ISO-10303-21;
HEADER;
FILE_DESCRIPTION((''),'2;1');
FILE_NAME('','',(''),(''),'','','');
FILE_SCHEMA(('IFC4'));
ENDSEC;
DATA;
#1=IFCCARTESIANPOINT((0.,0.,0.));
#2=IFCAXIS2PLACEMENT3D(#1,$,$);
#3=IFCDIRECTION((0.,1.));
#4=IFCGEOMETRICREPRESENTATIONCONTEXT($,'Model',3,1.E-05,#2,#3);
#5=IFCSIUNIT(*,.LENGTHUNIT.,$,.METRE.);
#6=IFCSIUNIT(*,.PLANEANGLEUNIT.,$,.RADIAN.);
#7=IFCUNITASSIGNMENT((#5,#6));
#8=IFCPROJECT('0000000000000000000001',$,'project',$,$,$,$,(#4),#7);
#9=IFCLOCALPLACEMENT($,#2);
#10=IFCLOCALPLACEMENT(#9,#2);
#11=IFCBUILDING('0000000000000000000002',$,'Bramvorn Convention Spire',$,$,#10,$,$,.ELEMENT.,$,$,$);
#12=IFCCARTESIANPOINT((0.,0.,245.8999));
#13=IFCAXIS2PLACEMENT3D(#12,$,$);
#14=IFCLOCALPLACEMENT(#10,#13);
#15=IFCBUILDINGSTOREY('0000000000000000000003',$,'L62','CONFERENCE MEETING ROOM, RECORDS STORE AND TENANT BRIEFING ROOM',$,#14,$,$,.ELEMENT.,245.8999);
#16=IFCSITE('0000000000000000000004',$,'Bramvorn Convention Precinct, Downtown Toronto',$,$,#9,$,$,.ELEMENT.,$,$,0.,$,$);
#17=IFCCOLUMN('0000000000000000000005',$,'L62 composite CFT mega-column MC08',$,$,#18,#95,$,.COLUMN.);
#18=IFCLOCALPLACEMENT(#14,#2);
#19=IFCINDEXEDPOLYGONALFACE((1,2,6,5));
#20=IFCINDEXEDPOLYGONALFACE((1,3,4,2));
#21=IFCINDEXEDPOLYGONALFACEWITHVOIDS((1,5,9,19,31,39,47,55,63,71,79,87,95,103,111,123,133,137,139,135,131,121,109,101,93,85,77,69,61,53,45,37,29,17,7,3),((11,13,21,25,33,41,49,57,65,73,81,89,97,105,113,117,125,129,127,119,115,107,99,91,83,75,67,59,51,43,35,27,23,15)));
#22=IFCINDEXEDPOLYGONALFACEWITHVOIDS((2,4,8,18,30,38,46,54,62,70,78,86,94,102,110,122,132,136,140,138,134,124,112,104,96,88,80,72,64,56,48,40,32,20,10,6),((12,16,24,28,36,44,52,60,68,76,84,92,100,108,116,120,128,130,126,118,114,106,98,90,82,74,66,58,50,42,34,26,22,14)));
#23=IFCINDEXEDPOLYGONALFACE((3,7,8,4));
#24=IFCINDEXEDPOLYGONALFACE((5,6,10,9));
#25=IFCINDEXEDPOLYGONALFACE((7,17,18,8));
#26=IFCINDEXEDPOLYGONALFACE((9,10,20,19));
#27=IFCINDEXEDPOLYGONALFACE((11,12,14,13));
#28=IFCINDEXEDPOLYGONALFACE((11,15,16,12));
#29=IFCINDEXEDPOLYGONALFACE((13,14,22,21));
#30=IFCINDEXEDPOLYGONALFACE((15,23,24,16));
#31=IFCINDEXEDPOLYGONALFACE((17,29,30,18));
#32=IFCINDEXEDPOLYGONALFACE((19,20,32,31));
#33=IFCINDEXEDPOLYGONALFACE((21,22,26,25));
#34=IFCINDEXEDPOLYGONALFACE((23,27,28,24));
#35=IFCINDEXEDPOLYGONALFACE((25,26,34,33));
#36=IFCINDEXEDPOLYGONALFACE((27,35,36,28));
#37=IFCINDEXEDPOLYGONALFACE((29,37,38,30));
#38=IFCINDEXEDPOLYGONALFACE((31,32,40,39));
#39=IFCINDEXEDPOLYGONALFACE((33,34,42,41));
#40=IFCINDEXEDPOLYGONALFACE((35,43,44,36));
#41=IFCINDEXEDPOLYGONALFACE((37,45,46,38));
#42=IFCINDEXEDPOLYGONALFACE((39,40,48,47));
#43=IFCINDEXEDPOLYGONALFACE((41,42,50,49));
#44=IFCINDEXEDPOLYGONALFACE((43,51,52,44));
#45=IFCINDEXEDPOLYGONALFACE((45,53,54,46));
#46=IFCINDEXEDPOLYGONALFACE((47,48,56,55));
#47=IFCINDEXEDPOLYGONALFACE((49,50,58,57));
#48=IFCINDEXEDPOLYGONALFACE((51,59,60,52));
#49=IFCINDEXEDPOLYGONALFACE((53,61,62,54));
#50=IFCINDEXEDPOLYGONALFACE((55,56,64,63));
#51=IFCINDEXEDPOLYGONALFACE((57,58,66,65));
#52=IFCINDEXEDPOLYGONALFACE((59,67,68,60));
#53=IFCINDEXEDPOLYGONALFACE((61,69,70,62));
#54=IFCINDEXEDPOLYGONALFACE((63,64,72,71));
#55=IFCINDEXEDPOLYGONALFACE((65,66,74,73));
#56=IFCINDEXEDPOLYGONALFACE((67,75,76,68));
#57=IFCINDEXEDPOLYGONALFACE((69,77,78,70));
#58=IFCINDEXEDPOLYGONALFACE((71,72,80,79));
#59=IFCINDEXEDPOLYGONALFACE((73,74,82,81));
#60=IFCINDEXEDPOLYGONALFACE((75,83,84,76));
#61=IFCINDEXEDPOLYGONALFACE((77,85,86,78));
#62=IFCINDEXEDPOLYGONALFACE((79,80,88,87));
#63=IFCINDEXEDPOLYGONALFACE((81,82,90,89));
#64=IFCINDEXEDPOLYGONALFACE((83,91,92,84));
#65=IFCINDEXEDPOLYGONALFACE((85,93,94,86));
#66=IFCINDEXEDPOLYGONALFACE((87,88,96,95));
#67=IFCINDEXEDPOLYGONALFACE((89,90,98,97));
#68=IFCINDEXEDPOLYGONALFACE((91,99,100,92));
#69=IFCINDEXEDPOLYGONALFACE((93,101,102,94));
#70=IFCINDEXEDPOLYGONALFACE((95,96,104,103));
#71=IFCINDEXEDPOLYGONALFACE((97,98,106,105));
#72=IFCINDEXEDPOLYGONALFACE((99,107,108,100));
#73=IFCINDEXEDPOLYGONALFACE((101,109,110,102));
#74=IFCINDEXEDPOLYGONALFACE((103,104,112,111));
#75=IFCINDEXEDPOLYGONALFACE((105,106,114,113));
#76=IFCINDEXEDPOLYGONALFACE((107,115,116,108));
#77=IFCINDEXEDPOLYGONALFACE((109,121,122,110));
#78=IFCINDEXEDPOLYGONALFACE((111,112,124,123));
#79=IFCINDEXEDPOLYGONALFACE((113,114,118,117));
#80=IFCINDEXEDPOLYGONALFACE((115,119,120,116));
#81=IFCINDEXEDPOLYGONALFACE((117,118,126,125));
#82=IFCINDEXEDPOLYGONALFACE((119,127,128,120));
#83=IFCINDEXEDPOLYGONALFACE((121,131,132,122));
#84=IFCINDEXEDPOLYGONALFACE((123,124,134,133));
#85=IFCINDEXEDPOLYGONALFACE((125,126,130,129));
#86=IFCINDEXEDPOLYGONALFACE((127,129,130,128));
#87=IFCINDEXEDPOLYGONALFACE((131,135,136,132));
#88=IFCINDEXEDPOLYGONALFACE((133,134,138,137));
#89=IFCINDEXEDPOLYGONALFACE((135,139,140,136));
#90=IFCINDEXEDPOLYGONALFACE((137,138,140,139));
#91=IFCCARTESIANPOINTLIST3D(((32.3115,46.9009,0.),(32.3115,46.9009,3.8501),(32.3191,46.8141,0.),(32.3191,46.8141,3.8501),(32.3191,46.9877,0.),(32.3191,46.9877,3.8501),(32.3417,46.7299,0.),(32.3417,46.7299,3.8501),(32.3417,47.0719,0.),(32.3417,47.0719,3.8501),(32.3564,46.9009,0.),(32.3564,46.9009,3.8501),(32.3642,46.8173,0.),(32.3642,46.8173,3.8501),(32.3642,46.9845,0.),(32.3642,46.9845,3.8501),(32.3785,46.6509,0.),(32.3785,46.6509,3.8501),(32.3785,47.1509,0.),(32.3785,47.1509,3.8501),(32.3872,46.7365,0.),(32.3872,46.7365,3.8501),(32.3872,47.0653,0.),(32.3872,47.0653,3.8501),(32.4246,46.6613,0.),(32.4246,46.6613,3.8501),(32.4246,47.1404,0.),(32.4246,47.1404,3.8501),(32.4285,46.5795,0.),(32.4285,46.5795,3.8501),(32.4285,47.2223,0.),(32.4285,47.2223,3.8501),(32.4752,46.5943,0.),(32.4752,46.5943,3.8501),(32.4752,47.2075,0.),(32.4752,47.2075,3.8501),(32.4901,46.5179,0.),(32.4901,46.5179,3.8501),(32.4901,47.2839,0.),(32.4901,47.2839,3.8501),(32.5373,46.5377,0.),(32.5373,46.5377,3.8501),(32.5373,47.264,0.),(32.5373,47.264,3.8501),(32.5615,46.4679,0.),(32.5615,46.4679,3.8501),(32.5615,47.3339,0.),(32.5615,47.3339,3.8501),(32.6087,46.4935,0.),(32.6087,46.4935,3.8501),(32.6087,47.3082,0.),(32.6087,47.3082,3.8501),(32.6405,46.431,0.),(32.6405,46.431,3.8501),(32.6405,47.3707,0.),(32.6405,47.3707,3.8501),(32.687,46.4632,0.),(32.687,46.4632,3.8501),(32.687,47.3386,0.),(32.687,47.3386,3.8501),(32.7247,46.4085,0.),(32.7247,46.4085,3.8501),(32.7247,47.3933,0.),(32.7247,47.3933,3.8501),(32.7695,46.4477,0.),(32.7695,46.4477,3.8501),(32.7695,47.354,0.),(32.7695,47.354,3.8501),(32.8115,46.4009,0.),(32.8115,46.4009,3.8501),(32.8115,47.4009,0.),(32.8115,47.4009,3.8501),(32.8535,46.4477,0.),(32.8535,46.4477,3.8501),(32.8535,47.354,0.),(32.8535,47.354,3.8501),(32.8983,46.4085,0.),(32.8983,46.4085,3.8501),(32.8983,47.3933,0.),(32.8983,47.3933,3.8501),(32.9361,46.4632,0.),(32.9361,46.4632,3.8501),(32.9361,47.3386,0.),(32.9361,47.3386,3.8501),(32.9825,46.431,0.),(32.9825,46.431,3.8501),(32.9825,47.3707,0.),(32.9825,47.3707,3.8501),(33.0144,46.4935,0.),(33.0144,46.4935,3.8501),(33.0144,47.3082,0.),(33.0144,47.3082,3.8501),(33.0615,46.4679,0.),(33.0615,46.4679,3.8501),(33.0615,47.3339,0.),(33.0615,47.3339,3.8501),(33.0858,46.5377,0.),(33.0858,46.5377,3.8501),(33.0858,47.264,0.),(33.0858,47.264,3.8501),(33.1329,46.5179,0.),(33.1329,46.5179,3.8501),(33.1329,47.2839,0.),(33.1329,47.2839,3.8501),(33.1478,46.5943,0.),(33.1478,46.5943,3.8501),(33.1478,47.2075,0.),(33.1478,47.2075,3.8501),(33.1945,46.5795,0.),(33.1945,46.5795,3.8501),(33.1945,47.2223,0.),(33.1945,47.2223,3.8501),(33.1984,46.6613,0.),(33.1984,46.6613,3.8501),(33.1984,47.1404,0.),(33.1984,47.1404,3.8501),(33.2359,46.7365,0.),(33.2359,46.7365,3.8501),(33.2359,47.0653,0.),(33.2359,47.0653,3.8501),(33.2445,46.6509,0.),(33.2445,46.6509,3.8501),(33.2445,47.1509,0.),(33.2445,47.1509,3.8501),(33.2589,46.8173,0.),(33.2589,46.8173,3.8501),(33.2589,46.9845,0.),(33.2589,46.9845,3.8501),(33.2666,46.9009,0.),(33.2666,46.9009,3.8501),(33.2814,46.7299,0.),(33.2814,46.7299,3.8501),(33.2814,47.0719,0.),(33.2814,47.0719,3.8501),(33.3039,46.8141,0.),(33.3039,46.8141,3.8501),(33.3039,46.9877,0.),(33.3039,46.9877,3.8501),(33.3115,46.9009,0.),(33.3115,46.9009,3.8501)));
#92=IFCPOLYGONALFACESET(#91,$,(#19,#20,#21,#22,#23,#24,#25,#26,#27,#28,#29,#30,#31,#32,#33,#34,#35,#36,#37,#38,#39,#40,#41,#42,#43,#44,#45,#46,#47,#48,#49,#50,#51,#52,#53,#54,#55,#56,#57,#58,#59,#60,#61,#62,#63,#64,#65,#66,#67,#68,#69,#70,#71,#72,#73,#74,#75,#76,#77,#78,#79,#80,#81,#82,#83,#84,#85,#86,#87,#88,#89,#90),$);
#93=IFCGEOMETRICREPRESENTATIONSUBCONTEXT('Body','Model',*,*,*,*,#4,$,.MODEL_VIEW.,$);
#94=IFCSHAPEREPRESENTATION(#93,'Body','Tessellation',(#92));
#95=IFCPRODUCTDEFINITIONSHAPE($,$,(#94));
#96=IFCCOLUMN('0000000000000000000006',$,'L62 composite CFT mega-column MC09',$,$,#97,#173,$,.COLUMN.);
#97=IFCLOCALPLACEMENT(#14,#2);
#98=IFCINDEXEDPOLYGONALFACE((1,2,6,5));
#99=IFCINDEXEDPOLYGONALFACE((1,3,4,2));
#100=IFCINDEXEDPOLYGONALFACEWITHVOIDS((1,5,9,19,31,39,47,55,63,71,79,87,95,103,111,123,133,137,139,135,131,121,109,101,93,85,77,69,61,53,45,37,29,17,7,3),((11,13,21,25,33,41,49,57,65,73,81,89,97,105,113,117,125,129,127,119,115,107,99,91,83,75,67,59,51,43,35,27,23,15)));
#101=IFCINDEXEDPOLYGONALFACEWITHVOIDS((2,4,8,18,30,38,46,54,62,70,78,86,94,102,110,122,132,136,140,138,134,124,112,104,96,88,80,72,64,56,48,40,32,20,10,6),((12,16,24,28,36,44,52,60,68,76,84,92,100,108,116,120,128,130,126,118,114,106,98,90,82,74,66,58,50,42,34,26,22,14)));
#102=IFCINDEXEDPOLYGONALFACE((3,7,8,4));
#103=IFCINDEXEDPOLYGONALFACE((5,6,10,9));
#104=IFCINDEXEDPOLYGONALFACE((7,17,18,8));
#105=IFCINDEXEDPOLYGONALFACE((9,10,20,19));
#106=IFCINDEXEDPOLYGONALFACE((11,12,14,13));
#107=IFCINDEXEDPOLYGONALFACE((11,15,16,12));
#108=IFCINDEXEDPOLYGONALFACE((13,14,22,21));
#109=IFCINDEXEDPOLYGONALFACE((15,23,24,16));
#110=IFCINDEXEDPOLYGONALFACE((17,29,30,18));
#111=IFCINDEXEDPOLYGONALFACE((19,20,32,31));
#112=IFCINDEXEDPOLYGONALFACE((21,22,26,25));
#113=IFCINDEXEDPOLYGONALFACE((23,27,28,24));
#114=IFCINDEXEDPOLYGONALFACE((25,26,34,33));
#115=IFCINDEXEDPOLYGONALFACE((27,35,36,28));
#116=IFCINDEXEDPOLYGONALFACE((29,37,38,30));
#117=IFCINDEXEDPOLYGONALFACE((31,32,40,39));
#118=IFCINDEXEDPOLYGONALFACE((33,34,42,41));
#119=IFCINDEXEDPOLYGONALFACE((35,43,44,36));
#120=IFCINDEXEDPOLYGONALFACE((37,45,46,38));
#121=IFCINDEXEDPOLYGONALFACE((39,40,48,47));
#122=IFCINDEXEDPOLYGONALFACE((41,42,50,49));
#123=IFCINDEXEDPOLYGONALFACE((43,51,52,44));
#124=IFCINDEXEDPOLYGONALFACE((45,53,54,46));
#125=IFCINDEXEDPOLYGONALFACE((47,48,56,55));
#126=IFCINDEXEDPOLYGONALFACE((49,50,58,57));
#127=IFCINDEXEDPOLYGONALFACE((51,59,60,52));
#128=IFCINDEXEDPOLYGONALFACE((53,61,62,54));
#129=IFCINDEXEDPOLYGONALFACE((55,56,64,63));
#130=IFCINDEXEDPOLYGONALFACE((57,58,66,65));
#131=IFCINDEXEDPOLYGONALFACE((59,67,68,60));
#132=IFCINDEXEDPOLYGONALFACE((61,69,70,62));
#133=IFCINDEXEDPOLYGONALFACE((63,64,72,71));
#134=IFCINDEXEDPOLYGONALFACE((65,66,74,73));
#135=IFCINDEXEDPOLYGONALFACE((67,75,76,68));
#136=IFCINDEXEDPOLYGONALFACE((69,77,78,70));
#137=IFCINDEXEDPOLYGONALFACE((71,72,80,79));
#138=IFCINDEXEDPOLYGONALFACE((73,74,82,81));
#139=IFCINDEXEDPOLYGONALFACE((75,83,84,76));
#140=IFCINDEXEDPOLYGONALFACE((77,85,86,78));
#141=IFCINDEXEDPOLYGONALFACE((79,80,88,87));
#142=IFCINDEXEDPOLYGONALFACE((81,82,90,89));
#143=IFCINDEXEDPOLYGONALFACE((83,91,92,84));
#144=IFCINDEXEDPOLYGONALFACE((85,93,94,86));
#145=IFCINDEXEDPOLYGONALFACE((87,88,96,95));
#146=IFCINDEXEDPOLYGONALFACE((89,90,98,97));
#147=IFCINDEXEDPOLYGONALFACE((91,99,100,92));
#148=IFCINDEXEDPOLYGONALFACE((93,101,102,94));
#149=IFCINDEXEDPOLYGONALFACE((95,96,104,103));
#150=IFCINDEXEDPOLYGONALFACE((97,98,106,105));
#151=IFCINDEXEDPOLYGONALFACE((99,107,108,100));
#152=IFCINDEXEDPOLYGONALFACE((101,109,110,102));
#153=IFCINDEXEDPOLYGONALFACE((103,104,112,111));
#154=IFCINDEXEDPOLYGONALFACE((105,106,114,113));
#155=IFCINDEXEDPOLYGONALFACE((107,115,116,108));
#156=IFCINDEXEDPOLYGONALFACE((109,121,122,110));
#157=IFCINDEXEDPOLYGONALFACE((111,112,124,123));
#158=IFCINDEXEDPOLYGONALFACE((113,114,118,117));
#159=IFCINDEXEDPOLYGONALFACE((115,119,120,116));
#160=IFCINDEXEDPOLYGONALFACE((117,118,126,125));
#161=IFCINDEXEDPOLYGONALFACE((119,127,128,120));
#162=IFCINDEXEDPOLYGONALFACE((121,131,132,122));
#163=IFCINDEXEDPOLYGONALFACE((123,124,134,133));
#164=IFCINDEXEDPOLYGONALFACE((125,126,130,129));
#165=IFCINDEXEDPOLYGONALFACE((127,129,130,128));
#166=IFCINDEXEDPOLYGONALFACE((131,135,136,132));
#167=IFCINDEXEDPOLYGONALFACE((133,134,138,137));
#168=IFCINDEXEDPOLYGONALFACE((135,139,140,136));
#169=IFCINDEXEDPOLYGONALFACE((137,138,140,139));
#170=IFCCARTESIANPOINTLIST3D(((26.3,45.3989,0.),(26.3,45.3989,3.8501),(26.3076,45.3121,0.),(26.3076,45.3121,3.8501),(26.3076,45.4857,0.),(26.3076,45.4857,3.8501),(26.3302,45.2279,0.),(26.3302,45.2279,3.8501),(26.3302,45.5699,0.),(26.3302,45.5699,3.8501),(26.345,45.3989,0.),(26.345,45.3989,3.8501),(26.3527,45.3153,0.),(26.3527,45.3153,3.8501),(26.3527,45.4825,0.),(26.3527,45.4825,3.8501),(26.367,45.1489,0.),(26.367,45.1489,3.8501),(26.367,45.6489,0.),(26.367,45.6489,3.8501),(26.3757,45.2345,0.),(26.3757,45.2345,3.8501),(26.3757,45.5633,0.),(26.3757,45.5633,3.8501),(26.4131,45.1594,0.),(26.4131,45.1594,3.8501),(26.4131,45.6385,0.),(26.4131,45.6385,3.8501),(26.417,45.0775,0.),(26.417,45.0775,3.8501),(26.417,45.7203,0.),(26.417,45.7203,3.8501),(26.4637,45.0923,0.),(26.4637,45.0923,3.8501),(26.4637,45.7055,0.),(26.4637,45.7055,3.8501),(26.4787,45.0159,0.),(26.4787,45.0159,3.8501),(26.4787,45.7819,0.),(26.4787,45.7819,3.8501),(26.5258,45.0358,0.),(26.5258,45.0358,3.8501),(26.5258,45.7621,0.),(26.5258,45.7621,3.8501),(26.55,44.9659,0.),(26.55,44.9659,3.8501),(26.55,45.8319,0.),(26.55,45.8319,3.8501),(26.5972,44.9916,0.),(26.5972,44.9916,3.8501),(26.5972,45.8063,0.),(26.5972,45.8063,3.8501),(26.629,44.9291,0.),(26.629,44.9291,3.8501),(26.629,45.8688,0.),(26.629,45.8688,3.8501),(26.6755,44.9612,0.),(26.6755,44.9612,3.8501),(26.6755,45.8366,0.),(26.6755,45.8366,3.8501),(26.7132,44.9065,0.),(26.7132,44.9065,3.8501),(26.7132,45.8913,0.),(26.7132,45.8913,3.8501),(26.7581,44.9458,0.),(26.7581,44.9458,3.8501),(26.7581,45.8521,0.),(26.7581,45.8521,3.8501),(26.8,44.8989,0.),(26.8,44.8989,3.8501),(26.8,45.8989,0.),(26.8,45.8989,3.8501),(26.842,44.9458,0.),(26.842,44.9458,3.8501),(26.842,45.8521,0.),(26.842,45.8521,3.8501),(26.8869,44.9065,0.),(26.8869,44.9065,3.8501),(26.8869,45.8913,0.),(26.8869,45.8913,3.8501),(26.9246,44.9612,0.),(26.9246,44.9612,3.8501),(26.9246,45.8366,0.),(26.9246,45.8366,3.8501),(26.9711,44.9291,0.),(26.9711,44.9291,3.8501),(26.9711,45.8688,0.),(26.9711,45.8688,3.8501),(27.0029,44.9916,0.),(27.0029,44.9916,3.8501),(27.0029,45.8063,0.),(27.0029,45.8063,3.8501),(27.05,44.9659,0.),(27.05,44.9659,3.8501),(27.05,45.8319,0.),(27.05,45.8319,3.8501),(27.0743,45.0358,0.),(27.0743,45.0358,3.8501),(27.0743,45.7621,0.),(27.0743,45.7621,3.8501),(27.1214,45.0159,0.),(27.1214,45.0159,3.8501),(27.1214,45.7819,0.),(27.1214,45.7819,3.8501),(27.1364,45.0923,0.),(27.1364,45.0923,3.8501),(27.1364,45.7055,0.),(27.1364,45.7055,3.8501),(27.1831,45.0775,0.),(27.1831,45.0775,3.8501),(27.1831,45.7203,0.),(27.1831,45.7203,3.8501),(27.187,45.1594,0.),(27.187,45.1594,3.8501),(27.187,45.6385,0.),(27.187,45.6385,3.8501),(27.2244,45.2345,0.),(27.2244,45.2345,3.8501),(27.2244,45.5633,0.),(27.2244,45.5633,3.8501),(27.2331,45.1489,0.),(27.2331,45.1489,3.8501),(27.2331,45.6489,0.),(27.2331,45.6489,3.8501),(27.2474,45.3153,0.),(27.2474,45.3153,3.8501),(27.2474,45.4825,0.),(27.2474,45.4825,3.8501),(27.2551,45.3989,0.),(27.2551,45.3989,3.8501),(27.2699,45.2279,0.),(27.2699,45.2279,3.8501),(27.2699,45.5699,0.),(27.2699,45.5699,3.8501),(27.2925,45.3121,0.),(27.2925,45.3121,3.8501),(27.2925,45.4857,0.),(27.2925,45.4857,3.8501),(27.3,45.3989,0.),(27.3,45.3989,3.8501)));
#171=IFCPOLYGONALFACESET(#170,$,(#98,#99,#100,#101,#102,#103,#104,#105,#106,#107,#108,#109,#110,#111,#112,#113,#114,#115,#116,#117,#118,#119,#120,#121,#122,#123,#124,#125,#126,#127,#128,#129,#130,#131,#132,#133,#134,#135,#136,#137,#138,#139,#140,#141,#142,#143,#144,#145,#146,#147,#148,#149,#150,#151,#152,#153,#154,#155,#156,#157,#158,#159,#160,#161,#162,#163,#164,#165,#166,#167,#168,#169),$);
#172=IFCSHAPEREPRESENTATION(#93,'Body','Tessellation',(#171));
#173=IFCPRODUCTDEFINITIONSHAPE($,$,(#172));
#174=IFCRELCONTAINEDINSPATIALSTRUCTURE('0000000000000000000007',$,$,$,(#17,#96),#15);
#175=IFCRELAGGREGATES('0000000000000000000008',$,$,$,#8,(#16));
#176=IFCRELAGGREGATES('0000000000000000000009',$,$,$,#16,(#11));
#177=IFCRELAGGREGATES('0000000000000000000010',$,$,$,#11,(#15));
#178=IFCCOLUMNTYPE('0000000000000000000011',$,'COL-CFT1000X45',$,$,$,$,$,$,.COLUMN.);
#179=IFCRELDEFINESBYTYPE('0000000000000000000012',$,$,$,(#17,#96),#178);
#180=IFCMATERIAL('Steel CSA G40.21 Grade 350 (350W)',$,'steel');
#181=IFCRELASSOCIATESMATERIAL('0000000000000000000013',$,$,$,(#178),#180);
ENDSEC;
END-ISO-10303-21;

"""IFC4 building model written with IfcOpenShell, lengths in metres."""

from ifc_helpers import new_model, si_unit, direction, frame, origin, origin_2d, place, context, subcontext, project, spatial, hollow_circle, extrude, material, material_profile, profile_set, type_object, element, save


model = new_model("IFC4")

# Units and contexts
model_context = context("Model", 3, precision=1e-05, world=origin(), true_north=direction((0.0, 1.0)))
body_context = subcontext(model_context, "Body", "Model", "MODEL_VIEW")
ifc_project = project(units=[si_unit("LENGTHUNIT", "METRE"), si_unit("PLANEANGLEUNIT", "RADIAN")], contexts=[model_context])

# Site, building, storey
site_placement = place(None, origin())
site = spatial("IfcSite", under=ifc_project, at=site_placement, Name="Bramvorn Convention Precinct, Downtown Toronto", CompositionType="ELEMENT", RefElevation=0.0)
building_placement = place(site_placement, origin())
building = spatial("IfcBuilding", under=site, at=building_placement, Name="Bramvorn Convention Spire", CompositionType="ELEMENT")
storey_placement = place(building_placement, frame((0.0, 0.0, 245.8999)))
storey = spatial("IfcBuildingStorey", under=building, at=storey_placement, Name="L62", Description="CONFERENCE MEETING ROOM, RECORDS STORE AND TENANT BRIEFING ROOM", CompositionType="ELEMENT", Elevation=245.8999)

# Columns
ifc_material_1 = material(Name="Steel CSA G40.21 Grade 350 (350W)", Category="steel")
ifc_material_profile_1 = material_profile(ifc_material_1, hollow_circle(Radius=0.5, WallThickness=0.0449, at=origin_2d()))
ifc_profile_set_1 = profile_set([ifc_material_profile_1], Name="Steel CSA G40.21 Grade 350 (350W) - CFT1000X45")
column_type = type_object("IfcColumnType", Name="COL-CFT1000X45", PredefinedType="COLUMN", material=ifc_profile_set_1)
for number, where, z_axis, x_axis, name in (
    (1, (32.8115, 46.9009, 0.0), (0.0, 0.0, 1.0), (1.0, 0.0, 0.0), "L62 composite CFT mega-column MC08"),
    (2, (26.8, 45.3989, 0.0), (0.0, 0.0, 1.0), (1.0, 0.0, 0.0), "L62 composite CFT mega-column MC09"),
):
    element("IfcColumn", number, at=place(storey_placement, frame(where, z_axis=z_axis, x_axis=x_axis)), inside=storey, type_object=column_type, Name=name, PredefinedType="COLUMN", context=body_context, shape_type="SweptSolid", body=[
        extrude(hollow_circle(Radius=0.5, WallThickness=0.0449, at=origin_2d()), origin(), (0.0, 0.0, 1.0), 3.8501),
    ])

save(model, "model.ifc")
